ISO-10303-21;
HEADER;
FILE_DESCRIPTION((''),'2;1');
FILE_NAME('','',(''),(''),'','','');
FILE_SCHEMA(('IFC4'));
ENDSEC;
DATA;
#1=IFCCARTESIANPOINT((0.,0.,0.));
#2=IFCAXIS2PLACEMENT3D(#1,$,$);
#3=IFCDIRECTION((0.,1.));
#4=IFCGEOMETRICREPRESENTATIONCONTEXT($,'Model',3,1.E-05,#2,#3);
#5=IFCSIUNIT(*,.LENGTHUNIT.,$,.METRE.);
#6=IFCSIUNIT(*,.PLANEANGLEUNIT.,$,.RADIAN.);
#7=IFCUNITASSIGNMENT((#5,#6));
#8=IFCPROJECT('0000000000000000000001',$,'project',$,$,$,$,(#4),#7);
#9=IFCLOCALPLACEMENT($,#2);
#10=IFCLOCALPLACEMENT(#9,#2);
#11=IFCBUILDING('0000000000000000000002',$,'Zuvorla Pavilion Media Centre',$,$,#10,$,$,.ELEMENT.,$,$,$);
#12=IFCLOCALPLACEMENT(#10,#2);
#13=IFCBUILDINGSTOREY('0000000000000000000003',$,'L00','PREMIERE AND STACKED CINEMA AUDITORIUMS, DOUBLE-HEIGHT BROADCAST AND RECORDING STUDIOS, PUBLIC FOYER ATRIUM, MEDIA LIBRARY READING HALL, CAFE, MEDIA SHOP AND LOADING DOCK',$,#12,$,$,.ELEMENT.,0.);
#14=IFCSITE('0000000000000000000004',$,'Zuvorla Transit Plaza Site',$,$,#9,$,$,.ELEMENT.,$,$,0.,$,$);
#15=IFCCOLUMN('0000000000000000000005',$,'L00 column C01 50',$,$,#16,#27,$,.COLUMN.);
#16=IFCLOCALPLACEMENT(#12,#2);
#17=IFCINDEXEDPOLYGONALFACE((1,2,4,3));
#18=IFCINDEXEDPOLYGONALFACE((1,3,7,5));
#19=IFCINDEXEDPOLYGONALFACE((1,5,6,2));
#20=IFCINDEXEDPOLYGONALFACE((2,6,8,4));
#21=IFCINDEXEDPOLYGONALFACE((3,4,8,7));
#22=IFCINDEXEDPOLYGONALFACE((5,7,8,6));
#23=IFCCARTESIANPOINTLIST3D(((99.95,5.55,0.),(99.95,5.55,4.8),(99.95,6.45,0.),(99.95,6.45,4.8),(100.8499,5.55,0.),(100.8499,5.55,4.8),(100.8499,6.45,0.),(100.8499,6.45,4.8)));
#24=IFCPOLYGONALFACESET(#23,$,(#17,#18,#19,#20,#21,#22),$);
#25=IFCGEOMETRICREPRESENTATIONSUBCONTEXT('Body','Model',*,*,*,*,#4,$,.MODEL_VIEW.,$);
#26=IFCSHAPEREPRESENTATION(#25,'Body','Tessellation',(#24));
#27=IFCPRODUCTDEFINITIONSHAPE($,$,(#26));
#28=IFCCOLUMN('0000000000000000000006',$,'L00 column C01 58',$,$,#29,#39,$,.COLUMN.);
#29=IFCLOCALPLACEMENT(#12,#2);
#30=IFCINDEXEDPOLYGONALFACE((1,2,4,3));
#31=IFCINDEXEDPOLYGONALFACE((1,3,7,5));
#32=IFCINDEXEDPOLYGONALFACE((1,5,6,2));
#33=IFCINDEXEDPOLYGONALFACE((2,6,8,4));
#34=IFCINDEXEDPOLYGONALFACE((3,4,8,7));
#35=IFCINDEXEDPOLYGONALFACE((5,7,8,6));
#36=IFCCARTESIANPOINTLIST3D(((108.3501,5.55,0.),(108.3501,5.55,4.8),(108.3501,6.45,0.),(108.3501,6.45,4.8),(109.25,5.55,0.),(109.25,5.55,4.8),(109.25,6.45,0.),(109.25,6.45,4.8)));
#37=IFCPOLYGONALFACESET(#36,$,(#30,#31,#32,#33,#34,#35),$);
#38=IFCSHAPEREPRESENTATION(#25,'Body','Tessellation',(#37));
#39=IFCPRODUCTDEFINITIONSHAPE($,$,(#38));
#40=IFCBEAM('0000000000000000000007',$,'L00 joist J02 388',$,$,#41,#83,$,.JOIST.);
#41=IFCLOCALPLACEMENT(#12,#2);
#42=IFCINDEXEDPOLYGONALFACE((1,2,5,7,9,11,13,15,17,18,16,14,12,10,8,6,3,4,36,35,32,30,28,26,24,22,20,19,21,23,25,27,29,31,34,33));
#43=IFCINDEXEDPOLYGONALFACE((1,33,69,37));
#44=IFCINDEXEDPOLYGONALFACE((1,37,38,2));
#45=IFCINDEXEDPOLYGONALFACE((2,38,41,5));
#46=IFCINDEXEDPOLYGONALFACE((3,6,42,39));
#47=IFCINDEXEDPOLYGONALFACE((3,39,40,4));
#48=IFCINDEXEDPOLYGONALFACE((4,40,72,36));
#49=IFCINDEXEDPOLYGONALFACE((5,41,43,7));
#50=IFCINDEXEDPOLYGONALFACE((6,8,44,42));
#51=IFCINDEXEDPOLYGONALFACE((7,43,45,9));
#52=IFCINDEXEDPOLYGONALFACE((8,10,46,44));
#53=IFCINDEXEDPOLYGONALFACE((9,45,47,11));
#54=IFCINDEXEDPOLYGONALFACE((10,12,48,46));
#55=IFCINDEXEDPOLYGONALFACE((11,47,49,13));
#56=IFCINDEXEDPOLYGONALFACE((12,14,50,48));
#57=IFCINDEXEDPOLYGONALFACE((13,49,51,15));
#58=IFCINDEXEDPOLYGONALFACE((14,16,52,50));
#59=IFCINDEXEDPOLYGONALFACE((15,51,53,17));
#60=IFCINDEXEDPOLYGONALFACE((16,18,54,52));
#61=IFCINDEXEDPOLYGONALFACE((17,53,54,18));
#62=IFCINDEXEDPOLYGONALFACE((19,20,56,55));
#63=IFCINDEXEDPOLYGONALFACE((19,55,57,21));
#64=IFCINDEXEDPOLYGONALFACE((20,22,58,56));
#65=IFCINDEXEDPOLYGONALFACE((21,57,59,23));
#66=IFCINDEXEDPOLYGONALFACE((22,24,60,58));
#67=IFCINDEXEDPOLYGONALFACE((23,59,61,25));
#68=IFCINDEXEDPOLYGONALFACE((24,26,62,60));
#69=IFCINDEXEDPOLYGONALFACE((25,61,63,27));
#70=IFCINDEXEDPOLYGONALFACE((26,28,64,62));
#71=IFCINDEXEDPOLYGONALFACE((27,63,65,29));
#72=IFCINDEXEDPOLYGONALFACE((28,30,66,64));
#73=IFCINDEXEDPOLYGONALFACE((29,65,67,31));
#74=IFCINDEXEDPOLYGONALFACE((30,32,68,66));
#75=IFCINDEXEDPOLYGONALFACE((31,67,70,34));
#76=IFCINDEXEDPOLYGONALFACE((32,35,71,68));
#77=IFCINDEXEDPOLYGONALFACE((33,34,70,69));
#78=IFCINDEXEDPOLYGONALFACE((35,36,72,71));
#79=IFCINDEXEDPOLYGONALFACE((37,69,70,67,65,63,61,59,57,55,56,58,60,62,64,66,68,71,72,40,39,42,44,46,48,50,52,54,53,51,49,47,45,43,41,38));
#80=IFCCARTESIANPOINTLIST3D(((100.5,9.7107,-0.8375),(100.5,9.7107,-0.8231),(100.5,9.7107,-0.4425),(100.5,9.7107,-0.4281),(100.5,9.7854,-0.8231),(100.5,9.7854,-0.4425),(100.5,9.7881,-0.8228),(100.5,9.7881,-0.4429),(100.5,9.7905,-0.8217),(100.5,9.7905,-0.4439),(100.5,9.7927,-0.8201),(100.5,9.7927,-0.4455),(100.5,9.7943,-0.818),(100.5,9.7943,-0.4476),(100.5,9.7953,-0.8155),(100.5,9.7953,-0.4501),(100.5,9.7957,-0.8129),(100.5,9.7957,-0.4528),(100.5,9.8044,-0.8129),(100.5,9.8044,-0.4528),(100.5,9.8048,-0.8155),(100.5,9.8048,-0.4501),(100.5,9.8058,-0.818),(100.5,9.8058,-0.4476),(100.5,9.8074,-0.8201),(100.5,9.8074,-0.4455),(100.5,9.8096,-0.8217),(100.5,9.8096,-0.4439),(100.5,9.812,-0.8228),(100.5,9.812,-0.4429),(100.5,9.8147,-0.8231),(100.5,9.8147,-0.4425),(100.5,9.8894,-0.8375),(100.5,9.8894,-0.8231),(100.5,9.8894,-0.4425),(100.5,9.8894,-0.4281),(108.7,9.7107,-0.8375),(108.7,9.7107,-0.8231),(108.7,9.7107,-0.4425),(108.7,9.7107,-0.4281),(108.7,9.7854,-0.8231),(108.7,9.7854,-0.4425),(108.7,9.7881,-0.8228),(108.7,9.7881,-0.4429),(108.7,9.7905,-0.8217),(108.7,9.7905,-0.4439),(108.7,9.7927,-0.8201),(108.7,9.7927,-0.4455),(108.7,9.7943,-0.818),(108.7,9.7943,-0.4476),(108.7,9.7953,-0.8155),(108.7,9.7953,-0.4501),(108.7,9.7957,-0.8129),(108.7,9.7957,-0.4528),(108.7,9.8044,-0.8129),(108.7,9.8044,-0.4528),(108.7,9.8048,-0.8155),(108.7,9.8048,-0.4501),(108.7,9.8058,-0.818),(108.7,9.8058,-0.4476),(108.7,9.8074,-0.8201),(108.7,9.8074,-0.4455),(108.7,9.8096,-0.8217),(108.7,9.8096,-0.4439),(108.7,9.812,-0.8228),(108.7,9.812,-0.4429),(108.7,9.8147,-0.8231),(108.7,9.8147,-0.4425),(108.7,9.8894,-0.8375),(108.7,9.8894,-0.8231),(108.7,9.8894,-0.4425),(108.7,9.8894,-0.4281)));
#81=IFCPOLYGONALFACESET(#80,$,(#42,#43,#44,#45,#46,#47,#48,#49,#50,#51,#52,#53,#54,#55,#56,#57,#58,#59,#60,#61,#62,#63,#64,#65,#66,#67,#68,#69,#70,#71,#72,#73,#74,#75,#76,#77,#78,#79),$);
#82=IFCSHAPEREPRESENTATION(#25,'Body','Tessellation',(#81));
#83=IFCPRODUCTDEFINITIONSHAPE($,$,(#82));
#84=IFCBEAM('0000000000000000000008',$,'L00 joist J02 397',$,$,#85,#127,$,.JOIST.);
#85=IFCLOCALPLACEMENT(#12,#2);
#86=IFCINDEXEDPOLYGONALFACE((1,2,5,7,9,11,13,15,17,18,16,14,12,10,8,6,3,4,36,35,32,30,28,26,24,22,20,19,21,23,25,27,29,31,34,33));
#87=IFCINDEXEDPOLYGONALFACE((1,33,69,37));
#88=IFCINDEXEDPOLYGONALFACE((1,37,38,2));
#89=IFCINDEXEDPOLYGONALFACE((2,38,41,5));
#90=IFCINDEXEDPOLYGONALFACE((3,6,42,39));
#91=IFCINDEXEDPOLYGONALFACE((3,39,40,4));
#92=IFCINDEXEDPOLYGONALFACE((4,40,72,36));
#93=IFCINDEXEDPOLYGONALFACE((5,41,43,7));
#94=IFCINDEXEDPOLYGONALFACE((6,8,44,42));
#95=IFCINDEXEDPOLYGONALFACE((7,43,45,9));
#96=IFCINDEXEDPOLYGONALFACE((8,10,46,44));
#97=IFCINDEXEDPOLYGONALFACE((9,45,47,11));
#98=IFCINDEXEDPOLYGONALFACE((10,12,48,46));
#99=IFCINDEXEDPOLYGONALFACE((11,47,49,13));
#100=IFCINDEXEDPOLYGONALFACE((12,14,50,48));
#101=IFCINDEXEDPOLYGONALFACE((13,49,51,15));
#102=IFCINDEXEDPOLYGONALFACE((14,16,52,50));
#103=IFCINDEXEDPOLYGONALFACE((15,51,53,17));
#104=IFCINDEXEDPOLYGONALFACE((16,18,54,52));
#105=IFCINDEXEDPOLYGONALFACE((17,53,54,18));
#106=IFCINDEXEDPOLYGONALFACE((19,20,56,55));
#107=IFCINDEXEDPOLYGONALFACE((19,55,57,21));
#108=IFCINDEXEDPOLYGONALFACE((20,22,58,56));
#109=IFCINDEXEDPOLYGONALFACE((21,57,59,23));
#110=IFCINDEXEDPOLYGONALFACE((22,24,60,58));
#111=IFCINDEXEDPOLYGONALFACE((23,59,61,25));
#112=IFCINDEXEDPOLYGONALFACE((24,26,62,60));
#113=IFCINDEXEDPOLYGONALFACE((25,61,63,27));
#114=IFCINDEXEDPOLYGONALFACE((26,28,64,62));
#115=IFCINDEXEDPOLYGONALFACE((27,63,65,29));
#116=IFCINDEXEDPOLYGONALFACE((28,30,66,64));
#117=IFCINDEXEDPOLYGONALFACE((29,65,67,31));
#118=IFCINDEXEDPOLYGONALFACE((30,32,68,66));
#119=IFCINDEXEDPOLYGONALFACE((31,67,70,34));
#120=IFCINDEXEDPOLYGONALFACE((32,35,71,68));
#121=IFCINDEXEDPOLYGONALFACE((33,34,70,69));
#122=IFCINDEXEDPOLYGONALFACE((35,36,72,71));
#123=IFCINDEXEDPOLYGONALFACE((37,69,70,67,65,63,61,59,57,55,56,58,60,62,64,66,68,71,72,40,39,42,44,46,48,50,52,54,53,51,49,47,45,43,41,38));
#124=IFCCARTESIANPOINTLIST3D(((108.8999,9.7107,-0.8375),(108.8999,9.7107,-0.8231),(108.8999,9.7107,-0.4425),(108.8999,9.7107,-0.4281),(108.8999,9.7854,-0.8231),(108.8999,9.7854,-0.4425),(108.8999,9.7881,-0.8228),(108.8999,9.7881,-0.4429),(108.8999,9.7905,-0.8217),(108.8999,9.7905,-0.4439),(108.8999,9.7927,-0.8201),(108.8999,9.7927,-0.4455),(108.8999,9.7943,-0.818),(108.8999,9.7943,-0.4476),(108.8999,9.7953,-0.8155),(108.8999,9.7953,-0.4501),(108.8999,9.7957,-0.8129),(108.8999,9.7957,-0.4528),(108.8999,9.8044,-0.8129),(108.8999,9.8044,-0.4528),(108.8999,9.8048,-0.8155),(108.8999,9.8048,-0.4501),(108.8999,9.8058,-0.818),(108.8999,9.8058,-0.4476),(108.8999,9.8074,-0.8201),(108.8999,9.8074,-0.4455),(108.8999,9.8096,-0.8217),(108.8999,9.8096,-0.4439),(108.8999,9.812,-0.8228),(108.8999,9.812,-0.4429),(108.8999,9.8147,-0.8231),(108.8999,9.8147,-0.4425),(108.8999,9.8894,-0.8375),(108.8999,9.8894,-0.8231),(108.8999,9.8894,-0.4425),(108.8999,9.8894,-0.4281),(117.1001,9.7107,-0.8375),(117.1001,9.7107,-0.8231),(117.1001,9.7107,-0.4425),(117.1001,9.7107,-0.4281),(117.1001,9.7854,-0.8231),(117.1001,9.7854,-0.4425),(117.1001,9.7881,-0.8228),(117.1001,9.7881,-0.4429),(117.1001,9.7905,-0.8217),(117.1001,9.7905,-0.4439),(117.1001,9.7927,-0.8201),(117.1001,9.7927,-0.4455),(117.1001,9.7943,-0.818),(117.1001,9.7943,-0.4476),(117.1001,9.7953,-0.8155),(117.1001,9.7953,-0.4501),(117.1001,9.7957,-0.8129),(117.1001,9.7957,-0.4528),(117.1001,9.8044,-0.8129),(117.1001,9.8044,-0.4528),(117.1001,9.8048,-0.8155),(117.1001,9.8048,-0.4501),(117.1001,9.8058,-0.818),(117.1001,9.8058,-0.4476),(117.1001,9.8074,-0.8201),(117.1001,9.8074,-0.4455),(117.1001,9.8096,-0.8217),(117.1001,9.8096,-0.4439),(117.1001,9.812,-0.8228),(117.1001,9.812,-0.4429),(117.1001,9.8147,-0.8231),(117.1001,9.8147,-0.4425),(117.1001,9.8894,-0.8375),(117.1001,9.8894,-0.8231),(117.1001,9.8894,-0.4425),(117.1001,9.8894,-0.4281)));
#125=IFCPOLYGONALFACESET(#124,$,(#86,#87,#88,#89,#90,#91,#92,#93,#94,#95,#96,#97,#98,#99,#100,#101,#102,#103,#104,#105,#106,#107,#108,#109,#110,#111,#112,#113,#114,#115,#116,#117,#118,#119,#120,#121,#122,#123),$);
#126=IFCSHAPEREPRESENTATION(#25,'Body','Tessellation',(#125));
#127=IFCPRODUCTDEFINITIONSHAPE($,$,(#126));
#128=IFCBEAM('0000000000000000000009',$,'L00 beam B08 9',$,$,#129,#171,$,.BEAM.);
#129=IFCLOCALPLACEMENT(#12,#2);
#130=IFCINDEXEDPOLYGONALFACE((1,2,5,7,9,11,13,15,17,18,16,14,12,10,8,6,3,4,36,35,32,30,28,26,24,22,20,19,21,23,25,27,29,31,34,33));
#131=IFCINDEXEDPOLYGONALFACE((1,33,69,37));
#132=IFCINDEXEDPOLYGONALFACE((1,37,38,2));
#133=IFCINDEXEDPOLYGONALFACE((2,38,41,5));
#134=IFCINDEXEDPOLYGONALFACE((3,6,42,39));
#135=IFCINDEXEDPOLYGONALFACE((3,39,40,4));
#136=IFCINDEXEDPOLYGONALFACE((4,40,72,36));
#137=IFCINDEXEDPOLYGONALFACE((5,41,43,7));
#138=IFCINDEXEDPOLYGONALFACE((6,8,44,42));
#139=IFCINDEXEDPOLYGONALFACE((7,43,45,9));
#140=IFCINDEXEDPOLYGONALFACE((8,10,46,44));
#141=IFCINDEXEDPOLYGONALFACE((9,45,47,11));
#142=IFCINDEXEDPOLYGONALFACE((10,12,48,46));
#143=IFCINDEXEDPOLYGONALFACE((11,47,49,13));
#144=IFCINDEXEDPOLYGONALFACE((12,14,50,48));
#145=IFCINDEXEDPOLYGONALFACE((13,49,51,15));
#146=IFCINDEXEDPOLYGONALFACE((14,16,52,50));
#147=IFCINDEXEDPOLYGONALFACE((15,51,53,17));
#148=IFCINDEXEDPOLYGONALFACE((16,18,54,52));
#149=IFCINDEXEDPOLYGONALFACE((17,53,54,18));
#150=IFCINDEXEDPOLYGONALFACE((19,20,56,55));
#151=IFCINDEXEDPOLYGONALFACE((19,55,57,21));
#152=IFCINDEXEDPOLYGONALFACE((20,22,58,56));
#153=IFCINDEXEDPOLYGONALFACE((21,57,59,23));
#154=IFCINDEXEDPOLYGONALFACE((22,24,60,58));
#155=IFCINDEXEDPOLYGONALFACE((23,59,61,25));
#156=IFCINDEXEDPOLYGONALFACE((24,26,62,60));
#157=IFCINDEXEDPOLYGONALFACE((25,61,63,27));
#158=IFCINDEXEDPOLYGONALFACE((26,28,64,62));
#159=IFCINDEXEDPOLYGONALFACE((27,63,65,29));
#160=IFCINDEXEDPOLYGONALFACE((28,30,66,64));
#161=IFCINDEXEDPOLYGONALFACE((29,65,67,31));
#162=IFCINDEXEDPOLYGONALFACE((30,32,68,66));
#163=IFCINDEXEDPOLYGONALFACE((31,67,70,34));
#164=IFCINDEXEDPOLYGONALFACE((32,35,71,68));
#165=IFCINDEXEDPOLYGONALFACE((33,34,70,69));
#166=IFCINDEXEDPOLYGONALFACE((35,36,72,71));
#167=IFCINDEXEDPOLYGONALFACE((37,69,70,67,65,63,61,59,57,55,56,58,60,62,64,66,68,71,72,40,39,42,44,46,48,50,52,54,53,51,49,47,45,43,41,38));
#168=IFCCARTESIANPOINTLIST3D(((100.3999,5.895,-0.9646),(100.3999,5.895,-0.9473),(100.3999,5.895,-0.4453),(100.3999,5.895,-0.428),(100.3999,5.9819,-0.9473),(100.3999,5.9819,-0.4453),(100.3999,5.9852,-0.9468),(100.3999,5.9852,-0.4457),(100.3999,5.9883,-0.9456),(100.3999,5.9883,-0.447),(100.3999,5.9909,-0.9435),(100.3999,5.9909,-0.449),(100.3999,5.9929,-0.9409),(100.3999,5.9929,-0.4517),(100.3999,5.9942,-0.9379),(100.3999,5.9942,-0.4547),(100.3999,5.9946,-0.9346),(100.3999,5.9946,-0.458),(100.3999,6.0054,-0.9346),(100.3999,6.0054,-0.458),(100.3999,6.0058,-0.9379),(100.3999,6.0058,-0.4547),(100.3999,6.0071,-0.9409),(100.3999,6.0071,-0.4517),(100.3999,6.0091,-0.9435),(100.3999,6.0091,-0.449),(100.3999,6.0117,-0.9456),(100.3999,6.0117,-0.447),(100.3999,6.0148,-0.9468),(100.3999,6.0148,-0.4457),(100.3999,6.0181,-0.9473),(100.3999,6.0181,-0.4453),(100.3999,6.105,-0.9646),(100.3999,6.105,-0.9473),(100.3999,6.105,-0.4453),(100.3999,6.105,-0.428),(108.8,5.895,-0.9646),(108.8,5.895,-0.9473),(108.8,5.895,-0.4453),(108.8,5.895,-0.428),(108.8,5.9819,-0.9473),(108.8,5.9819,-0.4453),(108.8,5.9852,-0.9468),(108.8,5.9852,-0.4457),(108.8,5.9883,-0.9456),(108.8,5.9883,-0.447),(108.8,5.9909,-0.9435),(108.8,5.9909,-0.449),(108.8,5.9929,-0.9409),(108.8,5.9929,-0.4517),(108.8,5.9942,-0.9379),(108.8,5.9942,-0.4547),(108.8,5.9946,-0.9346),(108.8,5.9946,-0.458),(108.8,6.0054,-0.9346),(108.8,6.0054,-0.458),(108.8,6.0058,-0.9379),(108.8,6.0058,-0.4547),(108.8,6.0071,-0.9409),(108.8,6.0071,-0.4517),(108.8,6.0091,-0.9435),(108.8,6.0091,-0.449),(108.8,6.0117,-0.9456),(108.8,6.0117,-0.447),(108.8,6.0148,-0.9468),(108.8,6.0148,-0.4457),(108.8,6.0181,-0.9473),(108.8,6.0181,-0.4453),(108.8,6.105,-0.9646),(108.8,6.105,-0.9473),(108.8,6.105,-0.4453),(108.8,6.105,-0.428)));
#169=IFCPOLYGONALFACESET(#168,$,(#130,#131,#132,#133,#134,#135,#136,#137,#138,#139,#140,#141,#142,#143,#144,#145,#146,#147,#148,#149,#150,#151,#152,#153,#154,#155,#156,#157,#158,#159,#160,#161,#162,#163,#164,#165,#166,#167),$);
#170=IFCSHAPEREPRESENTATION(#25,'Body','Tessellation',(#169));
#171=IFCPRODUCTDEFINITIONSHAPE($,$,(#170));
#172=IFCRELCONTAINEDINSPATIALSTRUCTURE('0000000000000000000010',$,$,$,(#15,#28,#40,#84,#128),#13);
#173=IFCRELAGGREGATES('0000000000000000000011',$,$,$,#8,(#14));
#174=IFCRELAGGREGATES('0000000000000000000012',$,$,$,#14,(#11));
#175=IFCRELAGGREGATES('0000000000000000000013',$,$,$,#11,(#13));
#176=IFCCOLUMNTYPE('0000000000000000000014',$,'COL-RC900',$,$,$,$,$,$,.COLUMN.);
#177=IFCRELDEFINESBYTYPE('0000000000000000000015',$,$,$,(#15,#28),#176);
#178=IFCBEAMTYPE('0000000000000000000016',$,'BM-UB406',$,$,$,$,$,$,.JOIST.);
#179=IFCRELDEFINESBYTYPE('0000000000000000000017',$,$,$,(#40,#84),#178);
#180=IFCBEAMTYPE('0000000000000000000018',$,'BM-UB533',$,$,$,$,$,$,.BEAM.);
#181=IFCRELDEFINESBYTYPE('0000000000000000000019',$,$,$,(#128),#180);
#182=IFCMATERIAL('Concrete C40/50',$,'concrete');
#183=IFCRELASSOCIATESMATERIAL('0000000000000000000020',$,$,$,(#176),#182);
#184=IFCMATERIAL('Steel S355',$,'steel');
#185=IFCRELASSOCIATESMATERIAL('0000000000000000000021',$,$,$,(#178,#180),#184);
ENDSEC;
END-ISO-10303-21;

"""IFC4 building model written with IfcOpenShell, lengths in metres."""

from ifc_helpers import new_model, si_unit, direction, frame, origin, origin_2d, place, context, subcontext, project, spatial, rectangle, i_section, extrude, material, material_profile, profile_set, type_object, element, save


model = new_model("IFC4")

# Units and contexts
model_context = context("Model", 3, precision=1e-05, world=origin(), true_north=direction((0.0, 1.0)))
body_context = subcontext(model_context, "Body", "Model", "MODEL_VIEW")
ifc_project = project(units=[si_unit("LENGTHUNIT", "METRE"), si_unit("PLANEANGLEUNIT", "RADIAN")], contexts=[model_context])

# Site, building, storey
site_placement = place(None, origin())
site = spatial("IfcSite", under=ifc_project, at=site_placement, Name="Zuvorla Transit Plaza Site", CompositionType="ELEMENT", RefElevation=0.0)
building_placement = place(site_placement, origin())
building = spatial("IfcBuilding", under=site, at=building_placement, Name="Zuvorla Pavilion Media Centre", CompositionType="ELEMENT")
storey_placement = place(building_placement, origin())
storey = spatial("IfcBuildingStorey", under=building, at=storey_placement, Name="L00", Description="PREMIERE AND STACKED CINEMA AUDITORIUMS, DOUBLE-HEIGHT BROADCAST AND RECORDING STUDIOS, PUBLIC FOYER ATRIUM, MEDIA LIBRARY READING HALL, CAFE, MEDIA SHOP AND LOADING DOCK", CompositionType="ELEMENT", Elevation=0.0)

# Columns
ifc_material_1 = material(Name="Concrete C40/50", Category="concrete")
ifc_material_profile_1 = material_profile(ifc_material_1, rectangle(XDim=0.8999, YDim=0.8999, at=origin_2d()), Name="RC 900x900")
ifc_profile_set_1 = profile_set([ifc_material_profile_1], Name="Concrete C40/50")
column_type = type_object("IfcColumnType", Name="COL-RC900", PredefinedType="COLUMN", material=ifc_profile_set_1)
for number, where, z_axis, x_axis, name in (
    (1, (100.3999, 6.0, 0.0), (0.0, 0.0, 1.0), (1.0, 0.0, 0.0), "L00 column C01 50"),
    (2, (108.8, 6.0, 0.0), (0.0, 0.0, 1.0), (1.0, 0.0, 0.0), "L00 column C01 58"),
):
    element("IfcColumn", number, at=place(storey_placement, frame(where, z_axis=z_axis, x_axis=x_axis)), inside=storey, type_object=column_type, Name=name, PredefinedType="COLUMN", context=body_context, shape_type="SweptSolid", body=[
        extrude(rectangle(XDim=0.8999, YDim=0.8999, at=origin_2d()), origin(), (0.0, 0.0, 1.0), 4.8),
    ])

# Beams
ifc_material_2 = material(Name="Steel S355", Category="steel")
ifc_material_profile_2 = material_profile(ifc_material_2, i_section(OverallWidth=0.1787, OverallDepth=0.4094, WebThickness=0.0088, FlangeThickness=0.0144, FilletRadius=0.0103, at=origin_2d()), Name="UB 406x178x67")
ifc_profile_set_2 = profile_set([ifc_material_profile_2], Name="Steel S355")
beam_type_1 = type_object("IfcBeamType", Name="BM-UB406", PredefinedType="JOIST", material=ifc_profile_set_2)
beam_1_placement = place(storey_placement, frame((100.5, 9.8, -0.6328), z_axis=(1.0, 0.0, 0.0), x_axis=(0.0, 1.0, 0.0)))
element("IfcBeam", 3, at=beam_1_placement, inside=storey, type_object=beam_type_1, Name="L00 joist J02 388", PredefinedType="JOIST", context=body_context, shape_type="SweptSolid", body=[
    extrude(i_section(OverallWidth=0.1787, OverallDepth=0.4094, WebThickness=0.0088, FlangeThickness=0.0144, FilletRadius=0.0103, at=origin_2d()), origin(), (0.0, 0.0, 1.0), 8.2),
])
beam_2_placement = place(storey_placement, frame((108.8999, 9.8, -0.6328), z_axis=(1.0, 0.0, 0.0), x_axis=(0.0, 1.0, 0.0)))
element("IfcBeam", 4, at=beam_2_placement, inside=storey, type_object=beam_type_1, Name="L00 joist J02 397", PredefinedType="JOIST", context=body_context, shape_type="SweptSolid", body=[
    extrude(i_section(OverallWidth=0.1787, OverallDepth=0.4094, WebThickness=0.0088, FlangeThickness=0.0144, FilletRadius=0.0103, at=origin_2d()), origin(), (0.0, 0.0, 1.0), 8.2002),
])
ifc_material_profile_3 = material_profile(ifc_material_2, i_section(OverallWidth=0.21, OverallDepth=0.5366, WebThickness=0.0107, FlangeThickness=0.0173, FilletRadius=0.0127, at=origin_2d()), Name="UB 533x210x101")
ifc_profile_set_3 = profile_set([ifc_material_profile_3], Name="Steel S355")
beam_type_2 = type_object("IfcBeamType", Name="BM-UB533", PredefinedType="BEAM", material=ifc_profile_set_3)
beam_3_placement = place(storey_placement, frame((100.3999, 6.0, -0.6963), z_axis=(1.0, 0.0, 0.0), x_axis=(0.0, 1.0, 0.0)))
element("IfcBeam", 5, at=beam_3_placement, inside=storey, type_object=beam_type_2, Name="L00 beam B08 9", PredefinedType="BEAM", context=body_context, shape_type="SweptSolid", body=[
    extrude(i_section(OverallWidth=0.21, OverallDepth=0.5366, WebThickness=0.0107, FlangeThickness=0.0173, FilletRadius=0.0127, at=origin_2d()), origin(), (0.0, 0.0, 1.0), 8.4001),
])

save(model, "model.ifc")
